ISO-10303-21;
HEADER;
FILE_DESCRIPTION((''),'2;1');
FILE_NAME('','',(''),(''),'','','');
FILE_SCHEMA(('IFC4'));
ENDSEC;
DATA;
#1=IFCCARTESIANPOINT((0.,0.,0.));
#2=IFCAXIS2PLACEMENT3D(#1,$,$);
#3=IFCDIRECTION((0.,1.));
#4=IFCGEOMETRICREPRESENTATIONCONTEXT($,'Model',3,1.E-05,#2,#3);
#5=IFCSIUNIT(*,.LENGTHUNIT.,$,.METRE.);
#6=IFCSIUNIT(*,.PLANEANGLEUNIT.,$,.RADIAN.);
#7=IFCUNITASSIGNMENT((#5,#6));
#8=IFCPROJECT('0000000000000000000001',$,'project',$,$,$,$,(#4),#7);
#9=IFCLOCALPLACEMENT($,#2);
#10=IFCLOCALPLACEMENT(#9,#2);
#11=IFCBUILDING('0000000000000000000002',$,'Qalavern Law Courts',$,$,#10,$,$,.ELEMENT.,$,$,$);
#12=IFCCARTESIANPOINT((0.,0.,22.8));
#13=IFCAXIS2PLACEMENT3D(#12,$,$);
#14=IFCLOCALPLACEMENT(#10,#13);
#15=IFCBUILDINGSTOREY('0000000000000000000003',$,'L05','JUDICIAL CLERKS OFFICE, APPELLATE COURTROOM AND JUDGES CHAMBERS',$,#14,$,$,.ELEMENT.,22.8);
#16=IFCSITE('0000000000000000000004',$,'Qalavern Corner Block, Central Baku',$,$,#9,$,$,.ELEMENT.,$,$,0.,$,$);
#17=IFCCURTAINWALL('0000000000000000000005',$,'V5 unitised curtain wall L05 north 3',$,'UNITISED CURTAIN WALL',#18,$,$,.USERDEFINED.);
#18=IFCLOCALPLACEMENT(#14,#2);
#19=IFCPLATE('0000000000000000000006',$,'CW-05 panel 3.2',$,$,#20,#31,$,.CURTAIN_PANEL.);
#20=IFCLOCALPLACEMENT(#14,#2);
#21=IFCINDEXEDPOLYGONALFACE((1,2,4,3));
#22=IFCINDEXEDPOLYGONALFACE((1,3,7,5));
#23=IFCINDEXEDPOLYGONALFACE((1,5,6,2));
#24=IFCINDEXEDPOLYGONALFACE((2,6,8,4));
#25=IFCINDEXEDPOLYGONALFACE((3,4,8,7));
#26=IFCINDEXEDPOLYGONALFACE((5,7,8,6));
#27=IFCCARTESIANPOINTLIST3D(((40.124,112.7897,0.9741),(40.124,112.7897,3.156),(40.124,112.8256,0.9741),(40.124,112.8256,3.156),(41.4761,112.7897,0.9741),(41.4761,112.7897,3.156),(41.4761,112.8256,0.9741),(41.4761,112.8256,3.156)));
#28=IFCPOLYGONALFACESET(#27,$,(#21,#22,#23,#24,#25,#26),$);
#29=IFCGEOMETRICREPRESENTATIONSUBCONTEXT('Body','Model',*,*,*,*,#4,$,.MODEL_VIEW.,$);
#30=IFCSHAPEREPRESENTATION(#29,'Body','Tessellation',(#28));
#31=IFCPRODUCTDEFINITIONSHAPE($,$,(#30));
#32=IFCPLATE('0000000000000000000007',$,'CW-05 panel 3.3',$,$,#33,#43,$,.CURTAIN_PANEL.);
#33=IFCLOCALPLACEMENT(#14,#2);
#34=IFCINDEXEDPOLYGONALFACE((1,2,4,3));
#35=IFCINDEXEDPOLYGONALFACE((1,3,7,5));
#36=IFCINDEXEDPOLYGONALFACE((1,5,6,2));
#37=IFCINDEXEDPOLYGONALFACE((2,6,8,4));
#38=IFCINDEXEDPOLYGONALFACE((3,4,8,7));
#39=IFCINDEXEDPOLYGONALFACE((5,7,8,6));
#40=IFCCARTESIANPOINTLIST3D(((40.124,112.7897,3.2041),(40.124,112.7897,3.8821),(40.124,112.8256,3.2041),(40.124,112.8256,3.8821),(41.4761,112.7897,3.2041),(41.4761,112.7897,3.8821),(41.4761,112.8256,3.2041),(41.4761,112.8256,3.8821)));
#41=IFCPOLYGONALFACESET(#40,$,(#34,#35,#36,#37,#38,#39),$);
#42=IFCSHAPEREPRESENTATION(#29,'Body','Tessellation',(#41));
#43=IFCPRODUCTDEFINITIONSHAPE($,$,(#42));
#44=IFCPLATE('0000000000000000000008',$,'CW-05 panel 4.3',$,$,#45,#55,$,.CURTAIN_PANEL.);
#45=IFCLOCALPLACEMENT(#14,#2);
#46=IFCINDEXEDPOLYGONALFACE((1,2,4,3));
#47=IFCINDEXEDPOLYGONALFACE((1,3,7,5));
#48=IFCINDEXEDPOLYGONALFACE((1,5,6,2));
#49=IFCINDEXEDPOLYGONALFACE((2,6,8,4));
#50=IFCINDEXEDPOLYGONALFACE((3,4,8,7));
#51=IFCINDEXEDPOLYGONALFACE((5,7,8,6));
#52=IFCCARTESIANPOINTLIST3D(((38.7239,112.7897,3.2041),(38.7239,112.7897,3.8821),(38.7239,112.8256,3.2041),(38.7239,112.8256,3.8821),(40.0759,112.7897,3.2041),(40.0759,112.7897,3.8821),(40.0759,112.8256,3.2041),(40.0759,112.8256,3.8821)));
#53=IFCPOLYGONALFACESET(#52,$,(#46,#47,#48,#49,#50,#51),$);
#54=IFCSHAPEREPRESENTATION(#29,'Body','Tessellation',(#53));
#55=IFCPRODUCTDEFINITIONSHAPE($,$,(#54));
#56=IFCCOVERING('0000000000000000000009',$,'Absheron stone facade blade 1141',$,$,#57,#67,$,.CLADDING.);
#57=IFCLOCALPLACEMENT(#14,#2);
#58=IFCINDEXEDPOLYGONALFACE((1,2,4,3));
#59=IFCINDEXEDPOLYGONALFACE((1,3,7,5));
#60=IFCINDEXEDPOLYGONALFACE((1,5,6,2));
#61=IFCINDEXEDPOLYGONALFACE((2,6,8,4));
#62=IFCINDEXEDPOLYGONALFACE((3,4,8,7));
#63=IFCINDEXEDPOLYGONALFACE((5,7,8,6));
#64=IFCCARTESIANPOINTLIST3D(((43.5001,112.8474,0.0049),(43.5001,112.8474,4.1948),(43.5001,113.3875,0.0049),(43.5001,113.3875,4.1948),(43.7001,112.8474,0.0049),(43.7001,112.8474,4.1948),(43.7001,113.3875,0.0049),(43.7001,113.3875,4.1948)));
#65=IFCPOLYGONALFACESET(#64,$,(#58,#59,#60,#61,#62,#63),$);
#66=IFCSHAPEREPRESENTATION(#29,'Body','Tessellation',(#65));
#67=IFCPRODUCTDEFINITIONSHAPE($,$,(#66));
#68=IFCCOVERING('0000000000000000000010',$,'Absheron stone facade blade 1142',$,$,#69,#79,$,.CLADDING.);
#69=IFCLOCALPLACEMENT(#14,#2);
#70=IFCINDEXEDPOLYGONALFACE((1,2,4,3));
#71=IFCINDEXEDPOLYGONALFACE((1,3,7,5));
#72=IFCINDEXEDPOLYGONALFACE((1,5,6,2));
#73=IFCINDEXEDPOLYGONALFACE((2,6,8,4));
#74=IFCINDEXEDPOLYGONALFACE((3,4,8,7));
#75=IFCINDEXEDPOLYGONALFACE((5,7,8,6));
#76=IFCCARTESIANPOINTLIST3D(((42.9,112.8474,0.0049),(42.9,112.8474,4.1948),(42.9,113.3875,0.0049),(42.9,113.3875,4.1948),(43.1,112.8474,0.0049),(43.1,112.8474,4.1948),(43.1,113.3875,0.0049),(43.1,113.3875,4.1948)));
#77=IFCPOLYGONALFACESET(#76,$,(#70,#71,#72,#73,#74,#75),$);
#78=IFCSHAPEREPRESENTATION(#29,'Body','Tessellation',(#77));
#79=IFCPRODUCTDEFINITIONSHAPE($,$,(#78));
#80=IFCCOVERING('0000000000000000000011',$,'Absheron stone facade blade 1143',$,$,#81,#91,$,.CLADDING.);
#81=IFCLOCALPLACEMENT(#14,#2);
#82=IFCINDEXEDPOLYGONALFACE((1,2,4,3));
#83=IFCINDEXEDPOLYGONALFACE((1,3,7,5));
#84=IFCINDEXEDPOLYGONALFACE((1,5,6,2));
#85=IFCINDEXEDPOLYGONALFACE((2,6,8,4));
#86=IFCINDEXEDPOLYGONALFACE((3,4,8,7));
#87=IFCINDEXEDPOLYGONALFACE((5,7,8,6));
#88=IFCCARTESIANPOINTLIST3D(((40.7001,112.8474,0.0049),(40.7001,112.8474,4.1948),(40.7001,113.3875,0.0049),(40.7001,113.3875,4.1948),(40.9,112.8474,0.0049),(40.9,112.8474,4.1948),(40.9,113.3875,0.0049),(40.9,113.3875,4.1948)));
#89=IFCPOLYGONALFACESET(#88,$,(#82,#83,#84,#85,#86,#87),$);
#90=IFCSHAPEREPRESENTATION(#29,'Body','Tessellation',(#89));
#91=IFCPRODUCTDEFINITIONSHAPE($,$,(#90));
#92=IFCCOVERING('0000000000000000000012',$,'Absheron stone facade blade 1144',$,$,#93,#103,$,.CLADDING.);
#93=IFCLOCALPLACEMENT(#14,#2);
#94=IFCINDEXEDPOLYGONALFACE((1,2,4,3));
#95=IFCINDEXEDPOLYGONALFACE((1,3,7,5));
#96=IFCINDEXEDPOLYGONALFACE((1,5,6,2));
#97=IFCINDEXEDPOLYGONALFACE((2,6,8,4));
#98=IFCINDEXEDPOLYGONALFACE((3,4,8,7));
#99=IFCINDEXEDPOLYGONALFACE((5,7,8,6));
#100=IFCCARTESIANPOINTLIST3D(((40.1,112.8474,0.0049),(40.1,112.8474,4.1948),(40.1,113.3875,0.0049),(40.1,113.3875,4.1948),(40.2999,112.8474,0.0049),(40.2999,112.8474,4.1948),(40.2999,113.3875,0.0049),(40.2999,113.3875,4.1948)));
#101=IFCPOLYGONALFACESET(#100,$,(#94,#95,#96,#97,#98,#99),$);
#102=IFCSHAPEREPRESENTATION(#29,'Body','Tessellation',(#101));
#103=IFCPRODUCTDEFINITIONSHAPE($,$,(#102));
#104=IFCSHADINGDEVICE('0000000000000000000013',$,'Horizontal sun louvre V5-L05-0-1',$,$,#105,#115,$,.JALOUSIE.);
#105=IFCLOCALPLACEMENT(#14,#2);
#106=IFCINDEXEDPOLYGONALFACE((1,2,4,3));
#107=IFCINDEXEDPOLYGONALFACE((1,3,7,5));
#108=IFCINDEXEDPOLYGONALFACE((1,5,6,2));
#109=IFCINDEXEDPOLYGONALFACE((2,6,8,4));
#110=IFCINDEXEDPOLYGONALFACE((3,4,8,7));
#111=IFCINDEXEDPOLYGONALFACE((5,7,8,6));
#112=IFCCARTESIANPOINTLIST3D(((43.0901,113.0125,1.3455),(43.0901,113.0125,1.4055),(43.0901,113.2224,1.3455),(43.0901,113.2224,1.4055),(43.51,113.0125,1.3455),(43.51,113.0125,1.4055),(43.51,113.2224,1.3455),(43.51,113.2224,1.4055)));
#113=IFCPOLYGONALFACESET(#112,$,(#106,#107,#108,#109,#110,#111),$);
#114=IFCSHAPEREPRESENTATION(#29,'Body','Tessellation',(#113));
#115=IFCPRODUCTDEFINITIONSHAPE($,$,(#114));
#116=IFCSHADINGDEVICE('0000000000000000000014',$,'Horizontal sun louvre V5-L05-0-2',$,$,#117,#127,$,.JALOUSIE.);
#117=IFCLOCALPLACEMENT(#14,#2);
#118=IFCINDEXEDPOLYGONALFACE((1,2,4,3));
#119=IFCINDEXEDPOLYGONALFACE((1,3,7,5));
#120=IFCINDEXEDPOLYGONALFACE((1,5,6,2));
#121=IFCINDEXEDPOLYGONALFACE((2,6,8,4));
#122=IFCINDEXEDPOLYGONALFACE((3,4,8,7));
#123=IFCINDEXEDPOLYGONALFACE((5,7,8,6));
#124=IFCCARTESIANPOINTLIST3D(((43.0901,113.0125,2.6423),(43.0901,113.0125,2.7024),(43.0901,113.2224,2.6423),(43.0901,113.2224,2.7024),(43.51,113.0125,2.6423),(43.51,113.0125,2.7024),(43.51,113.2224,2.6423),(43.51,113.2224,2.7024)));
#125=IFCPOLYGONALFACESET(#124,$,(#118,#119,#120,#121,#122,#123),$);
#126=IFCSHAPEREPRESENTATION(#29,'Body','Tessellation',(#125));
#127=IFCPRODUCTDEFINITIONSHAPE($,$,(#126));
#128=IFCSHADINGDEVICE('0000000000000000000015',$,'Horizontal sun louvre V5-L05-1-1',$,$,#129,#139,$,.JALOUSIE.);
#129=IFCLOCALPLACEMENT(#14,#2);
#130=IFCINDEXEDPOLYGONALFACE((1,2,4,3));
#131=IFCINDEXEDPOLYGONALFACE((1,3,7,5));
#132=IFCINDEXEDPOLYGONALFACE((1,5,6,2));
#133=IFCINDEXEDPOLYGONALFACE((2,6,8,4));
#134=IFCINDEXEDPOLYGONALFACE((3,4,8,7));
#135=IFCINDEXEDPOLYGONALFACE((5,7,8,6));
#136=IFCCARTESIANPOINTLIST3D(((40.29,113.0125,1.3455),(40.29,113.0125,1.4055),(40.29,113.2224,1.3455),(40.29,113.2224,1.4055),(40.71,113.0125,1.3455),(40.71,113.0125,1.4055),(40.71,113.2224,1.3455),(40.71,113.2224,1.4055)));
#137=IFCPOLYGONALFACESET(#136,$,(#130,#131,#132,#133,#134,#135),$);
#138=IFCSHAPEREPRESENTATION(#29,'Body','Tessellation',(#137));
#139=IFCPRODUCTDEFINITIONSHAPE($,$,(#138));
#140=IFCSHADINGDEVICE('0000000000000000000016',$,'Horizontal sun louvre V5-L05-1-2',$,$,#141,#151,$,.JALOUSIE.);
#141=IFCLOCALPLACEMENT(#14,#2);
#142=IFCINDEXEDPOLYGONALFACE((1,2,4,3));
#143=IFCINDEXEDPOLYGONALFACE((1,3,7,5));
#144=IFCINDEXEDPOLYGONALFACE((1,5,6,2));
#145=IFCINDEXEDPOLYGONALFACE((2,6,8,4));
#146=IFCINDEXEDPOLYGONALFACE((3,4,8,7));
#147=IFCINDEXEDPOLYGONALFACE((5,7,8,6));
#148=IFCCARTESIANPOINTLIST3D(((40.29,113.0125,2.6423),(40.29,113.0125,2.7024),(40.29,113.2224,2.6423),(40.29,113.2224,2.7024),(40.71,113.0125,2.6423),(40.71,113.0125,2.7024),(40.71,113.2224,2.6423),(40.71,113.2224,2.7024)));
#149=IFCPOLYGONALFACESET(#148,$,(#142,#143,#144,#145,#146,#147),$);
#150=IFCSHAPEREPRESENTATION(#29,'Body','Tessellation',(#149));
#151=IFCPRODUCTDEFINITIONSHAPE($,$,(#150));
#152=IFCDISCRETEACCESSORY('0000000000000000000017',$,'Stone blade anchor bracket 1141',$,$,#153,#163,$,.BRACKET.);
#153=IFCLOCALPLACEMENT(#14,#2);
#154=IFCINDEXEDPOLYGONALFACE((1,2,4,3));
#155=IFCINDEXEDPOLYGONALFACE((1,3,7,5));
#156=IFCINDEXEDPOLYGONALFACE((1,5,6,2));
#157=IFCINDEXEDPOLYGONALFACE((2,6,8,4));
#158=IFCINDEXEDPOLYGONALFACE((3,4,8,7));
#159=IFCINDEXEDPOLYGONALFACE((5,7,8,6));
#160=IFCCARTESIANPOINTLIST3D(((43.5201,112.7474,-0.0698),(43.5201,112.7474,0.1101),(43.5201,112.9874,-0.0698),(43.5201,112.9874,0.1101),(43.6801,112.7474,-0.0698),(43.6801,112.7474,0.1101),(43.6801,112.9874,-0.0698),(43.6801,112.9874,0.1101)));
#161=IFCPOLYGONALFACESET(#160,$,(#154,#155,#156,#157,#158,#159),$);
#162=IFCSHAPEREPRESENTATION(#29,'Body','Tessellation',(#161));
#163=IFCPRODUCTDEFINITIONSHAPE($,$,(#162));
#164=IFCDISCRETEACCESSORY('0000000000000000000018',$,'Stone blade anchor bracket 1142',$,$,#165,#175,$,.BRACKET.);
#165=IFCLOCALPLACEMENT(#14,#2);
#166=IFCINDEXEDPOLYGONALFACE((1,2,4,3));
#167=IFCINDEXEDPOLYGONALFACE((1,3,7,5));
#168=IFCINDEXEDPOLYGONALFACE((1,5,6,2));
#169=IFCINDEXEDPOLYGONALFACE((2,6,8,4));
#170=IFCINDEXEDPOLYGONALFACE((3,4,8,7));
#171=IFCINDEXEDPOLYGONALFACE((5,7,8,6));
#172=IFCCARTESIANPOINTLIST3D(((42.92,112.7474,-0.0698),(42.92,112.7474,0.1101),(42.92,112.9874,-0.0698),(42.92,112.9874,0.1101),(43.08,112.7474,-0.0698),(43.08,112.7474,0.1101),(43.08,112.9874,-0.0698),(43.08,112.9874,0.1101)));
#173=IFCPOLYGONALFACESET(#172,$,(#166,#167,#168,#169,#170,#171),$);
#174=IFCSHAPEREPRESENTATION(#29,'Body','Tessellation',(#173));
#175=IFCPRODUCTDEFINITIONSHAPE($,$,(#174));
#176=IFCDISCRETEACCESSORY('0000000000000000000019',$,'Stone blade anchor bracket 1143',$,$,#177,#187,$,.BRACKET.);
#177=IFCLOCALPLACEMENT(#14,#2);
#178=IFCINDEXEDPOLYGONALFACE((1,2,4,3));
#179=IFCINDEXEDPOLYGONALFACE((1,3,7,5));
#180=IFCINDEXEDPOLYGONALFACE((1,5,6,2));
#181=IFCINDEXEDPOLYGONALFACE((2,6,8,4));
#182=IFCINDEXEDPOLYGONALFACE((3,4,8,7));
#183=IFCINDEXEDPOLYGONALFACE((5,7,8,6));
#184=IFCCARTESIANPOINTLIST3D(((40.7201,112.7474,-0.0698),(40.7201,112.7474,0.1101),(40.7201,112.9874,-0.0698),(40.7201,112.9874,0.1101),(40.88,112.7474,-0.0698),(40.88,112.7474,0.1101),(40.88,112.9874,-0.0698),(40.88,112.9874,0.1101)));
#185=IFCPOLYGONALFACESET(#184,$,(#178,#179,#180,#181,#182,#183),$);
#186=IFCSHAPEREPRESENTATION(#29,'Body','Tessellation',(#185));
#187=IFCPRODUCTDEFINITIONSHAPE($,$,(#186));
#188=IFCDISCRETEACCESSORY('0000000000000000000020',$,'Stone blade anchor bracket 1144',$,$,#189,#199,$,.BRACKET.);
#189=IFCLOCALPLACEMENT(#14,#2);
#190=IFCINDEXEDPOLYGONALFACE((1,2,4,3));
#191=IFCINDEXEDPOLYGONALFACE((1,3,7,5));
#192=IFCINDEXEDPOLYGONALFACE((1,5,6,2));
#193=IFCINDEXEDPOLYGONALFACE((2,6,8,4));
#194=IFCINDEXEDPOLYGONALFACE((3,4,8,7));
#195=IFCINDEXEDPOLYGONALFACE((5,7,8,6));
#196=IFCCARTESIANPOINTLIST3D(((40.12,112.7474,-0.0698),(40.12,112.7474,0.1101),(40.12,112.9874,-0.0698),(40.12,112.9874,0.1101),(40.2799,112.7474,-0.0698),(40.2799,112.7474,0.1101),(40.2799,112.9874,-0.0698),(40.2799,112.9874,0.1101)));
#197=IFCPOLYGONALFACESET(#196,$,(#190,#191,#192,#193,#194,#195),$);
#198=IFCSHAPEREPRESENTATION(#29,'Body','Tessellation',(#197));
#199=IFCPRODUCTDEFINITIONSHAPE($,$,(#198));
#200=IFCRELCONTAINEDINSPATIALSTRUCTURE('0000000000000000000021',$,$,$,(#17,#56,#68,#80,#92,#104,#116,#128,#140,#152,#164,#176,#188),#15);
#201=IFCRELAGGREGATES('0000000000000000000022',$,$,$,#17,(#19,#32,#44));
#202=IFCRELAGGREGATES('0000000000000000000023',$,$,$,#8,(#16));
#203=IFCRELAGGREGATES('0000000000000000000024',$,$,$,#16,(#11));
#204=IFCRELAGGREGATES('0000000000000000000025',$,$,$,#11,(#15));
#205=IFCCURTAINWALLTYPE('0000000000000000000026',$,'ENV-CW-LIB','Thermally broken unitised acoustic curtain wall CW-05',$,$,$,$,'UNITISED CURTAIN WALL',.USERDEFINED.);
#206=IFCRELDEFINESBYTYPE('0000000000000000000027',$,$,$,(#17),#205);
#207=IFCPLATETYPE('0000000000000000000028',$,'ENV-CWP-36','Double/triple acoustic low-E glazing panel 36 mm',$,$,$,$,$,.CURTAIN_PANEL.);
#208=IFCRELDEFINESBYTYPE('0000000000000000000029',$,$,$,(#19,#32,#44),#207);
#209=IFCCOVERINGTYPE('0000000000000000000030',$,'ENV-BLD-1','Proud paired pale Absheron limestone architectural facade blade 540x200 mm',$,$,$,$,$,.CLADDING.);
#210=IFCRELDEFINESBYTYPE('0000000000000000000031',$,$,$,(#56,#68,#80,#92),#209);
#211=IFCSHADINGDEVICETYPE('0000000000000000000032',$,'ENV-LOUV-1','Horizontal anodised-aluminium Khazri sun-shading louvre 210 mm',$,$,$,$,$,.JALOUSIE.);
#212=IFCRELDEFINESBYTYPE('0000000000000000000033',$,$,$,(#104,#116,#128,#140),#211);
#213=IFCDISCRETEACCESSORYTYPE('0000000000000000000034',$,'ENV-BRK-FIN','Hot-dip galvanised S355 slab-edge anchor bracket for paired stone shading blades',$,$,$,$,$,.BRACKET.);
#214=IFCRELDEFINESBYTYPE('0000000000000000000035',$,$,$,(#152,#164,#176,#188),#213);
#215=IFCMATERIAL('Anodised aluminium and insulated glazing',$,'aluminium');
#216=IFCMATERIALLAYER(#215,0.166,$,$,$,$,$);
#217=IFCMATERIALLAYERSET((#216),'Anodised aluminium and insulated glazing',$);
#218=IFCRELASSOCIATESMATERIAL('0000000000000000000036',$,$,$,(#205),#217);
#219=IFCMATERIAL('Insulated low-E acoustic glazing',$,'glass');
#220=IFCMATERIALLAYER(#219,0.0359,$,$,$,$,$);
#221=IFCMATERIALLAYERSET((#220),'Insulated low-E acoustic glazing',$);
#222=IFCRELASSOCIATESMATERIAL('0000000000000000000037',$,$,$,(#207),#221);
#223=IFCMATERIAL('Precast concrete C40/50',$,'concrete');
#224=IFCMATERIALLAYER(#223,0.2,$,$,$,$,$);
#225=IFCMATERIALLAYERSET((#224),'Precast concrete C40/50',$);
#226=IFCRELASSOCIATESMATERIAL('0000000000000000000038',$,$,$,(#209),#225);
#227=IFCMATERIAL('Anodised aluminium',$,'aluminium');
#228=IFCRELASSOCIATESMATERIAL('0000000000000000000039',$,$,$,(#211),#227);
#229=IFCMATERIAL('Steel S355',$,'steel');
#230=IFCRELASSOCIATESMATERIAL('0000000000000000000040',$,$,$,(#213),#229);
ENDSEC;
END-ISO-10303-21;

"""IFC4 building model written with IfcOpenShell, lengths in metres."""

from ifc_helpers import new_model, si_unit, direction, frame, origin, origin_2d, place, context, subcontext, project, spatial, rectangle, extrude, material, layer, layer_set, type_object, element, aggregate, save


model = new_model("IFC4")

# Units and contexts
model_context = context("Model", 3, precision=1e-05, world=origin(), true_north=direction((0.0, 1.0)))
body_context = subcontext(model_context, "Body", "Model", "MODEL_VIEW")
ifc_project = project(units=[si_unit("LENGTHUNIT", "METRE"), si_unit("PLANEANGLEUNIT", "RADIAN")], contexts=[model_context])

# Site, building, storey
site_placement = place(None, origin())
site = spatial("IfcSite", under=ifc_project, at=site_placement, Name="Qalavern Corner Block, Central Baku", CompositionType="ELEMENT", RefElevation=0.0)
building_placement = place(site_placement, origin())
building = spatial("IfcBuilding", under=site, at=building_placement, Name="Qalavern Law Courts", CompositionType="ELEMENT")
storey_placement = place(building_placement, frame((0.0, 0.0, 22.8)))
storey = spatial("IfcBuildingStorey", under=building, at=storey_placement, Name="L05", Description="JUDICIAL CLERKS OFFICE, APPELLATE COURTROOM AND JUDGES CHAMBERS", CompositionType="ELEMENT", Elevation=22.8)

# Curtain wall, plates
ifc_material_1 = material(Name="Anodised aluminium and insulated glazing", Category="aluminium")
ifc_layer_1 = layer(ifc_material_1, 0.166)
ifc_layer_set_1 = layer_set([ifc_layer_1], Name="Anodised aluminium and insulated glazing")
curtain_wall_type = type_object("IfcCurtainWallType", Name="ENV-CW-LIB", Description="Thermally broken unitised acoustic curtain wall CW-05", ElementType="UNITISED CURTAIN WALL", PredefinedType="USERDEFINED", material=ifc_layer_set_1)
curtain_wall_placement = place(storey_placement, origin())
curtain_wall = element("IfcCurtainWall", 1, at=curtain_wall_placement, inside=storey, type_object=curtain_wall_type, Name="V5 unitised curtain wall L05 north 3", ObjectType="UNITISED CURTAIN WALL", PredefinedType="USERDEFINED")
ifc_material_2 = material(Name="Anodised aluminium", Category="aluminium")
ifc_material_3 = material(Name="Insulated low-E acoustic glazing", Category="glass")
ifc_layer_2 = layer(ifc_material_3, 0.0359)
ifc_layer_set_2 = layer_set([ifc_layer_2], Name="Insulated low-E acoustic glazing")
plate_type = type_object("IfcPlateType", Name="ENV-CWP-36", Description="Double/triple acoustic low-E glazing panel 36 mm", PredefinedType="CURTAIN_PANEL", material=ifc_layer_set_2)
plate_1_placement = place(storey_placement, frame((40.8, 112.8076, 0.9741), z_axis=(0.0, 0.0, 1.0), x_axis=(-1.0, 0.0, 0.0)))
plate_1 = element("IfcPlate", 2, at=plate_1_placement, type_object=plate_type, Name="CW-05 panel 3.2", PredefinedType="CURTAIN_PANEL", context=body_context, shape_type="SweptSolid", body=[
    extrude(rectangle(XDim=1.3521, YDim=0.0359, at=origin_2d()), origin(), (0.0, 0.0, 1.0), 2.1819),
])
plate_2_placement = place(storey_placement, frame((40.8, 112.8076, 3.2041), z_axis=(0.0, 0.0, 1.0), x_axis=(-1.0, 0.0, 0.0)))
plate_2 = element("IfcPlate", 3, at=plate_2_placement, type_object=plate_type, Name="CW-05 panel 3.3", PredefinedType="CURTAIN_PANEL", context=body_context, shape_type="SweptSolid", body=[
    extrude(rectangle(XDim=1.3521, YDim=0.0359, at=origin_2d()), origin(), (0.0, 0.0, 1.0), 0.678),
])
plate_3_placement = place(storey_placement, frame((39.3999, 112.8076, 3.2041), z_axis=(0.0, 0.0, 1.0), x_axis=(-1.0, 0.0, 0.0)))
plate_3 = element("IfcPlate", 4, at=plate_3_placement, type_object=plate_type, Name="CW-05 panel 4.3", PredefinedType="CURTAIN_PANEL", context=body_context, shape_type="SweptSolid", body=[
    extrude(rectangle(XDim=1.3521, YDim=0.0359, at=origin_2d()), origin(), (0.0, 0.0, 1.0), 0.678),
])
aggregate(curtain_wall, [plate_1, plate_2, plate_3])

# Coverings
ifc_material_4 = material(Name="Precast concrete C40/50", Category="concrete")
ifc_layer_3 = layer(ifc_material_4, 0.2)
ifc_layer_set_3 = layer_set([ifc_layer_3], Name="Precast concrete C40/50")
covering_type = type_object("IfcCoveringType", Name="ENV-BLD-1", Description="Proud paired pale Absheron limestone architectural facade blade 540x200 mm", PredefinedType="CLADDING", material=ifc_layer_set_3)
for number, where, z_axis, x_axis, name in (
    (5, (43.6001, 113.1174, 0.0049), (0.0, 0.0, 1.0), (0.0, 1.0, 0.0), "Absheron stone facade blade 1141"),
    (6, (43.0, 113.1174, 0.0049), (0.0, 0.0, 1.0), (0.0, 1.0, 0.0), "Absheron stone facade blade 1142"),
    (7, (40.8, 113.1174, 0.0049), (0.0, 0.0, 1.0), (0.0, 1.0, 0.0), "Absheron stone facade blade 1143"),
    (8, (40.2, 113.1174, 0.0049), (0.0, 0.0, 1.0), (0.0, 1.0, 0.0), "Absheron stone facade blade 1144"),
):
    element("IfcCovering", number, at=place(storey_placement, frame(where, z_axis=z_axis, x_axis=x_axis)), inside=storey, type_object=covering_type, Name=name, PredefinedType="CLADDING", context=body_context, shape_type="SweptSolid", body=[
        extrude(rectangle(XDim=0.54, YDim=0.2, at=origin_2d()), origin(), (0.0, 0.0, 1.0), 4.1899),
    ])

# Shading devices
shading_device_type = type_object("IfcShadingDeviceType", Name="ENV-LOUV-1", Description="Horizontal anodised-aluminium Khazri sun-shading louvre 210 mm", PredefinedType="JALOUSIE", material=ifc_material_2)
for number, where, z_axis, x_axis, name in (
    (9, (43.3, 113.1174, 1.3455), (0.0, 0.0, 1.0), (-1.0, 0.0, 0.0), "Horizontal sun louvre V5-L05-0-1"),
    (10, (43.3, 113.1174, 2.6423), (0.0, 0.0, 1.0), (-1.0, 0.0, 0.0), "Horizontal sun louvre V5-L05-0-2"),
    (11, (40.5, 113.1174, 1.3455), (0.0, 0.0, 1.0), (-1.0, 0.0, 0.0), "Horizontal sun louvre V5-L05-1-1"),
    (12, (40.5, 113.1174, 2.6423), (0.0, 0.0, 1.0), (-1.0, 0.0, 0.0), "Horizontal sun louvre V5-L05-1-2"),
):
    element("IfcShadingDevice", number, at=place(storey_placement, frame(where, z_axis=z_axis, x_axis=x_axis)), inside=storey, type_object=shading_device_type, Name=name, PredefinedType="JALOUSIE", context=body_context, shape_type="SweptSolid", body=[
        extrude(rectangle(XDim=0.4199, YDim=0.21, at=origin_2d()), origin(), (0.0, 0.0, 1.0), 0.0601),
    ])

# Discrete accessories
ifc_material_5 = material(Name="Steel S355", Category="steel")
discrete_accessory_type = type_object("IfcDiscreteAccessoryType", Name="ENV-BRK-FIN", Description="Hot-dip galvanised S355 slab-edge anchor bracket for paired stone shading blades", PredefinedType="BRACKET", material=ifc_material_5)
for number, where, z_axis, x_axis, name in (
    (13, (43.6001, 112.8674, -0.0698), (0.0, 0.0, 1.0), (0.0, 1.0, 0.0), "Stone blade anchor bracket 1141"),
    (14, (43.0, 112.8674, -0.0698), (0.0, 0.0, 1.0), (0.0, 1.0, 0.0), "Stone blade anchor bracket 1142"),
    (15, (40.8, 112.8674, -0.0698), (0.0, 0.0, 1.0), (0.0, 1.0, 0.0), "Stone blade anchor bracket 1143"),
    (16, (40.2, 112.8674, -0.0698), (0.0, 0.0, 1.0), (0.0, 1.0, 0.0), "Stone blade anchor bracket 1144"),
):
    element("IfcDiscreteAccessory", number, at=place(storey_placement, frame(where, z_axis=z_axis, x_axis=x_axis)), inside=storey, type_object=discrete_accessory_type, Name=name, PredefinedType="BRACKET", context=body_context, shape_type="SweptSolid", body=[
        extrude(rectangle(XDim=0.24, YDim=0.1599, at=origin_2d()), origin(), (0.0, 0.0, 1.0), 0.1799),
    ])

save(model, "model.ifc")
